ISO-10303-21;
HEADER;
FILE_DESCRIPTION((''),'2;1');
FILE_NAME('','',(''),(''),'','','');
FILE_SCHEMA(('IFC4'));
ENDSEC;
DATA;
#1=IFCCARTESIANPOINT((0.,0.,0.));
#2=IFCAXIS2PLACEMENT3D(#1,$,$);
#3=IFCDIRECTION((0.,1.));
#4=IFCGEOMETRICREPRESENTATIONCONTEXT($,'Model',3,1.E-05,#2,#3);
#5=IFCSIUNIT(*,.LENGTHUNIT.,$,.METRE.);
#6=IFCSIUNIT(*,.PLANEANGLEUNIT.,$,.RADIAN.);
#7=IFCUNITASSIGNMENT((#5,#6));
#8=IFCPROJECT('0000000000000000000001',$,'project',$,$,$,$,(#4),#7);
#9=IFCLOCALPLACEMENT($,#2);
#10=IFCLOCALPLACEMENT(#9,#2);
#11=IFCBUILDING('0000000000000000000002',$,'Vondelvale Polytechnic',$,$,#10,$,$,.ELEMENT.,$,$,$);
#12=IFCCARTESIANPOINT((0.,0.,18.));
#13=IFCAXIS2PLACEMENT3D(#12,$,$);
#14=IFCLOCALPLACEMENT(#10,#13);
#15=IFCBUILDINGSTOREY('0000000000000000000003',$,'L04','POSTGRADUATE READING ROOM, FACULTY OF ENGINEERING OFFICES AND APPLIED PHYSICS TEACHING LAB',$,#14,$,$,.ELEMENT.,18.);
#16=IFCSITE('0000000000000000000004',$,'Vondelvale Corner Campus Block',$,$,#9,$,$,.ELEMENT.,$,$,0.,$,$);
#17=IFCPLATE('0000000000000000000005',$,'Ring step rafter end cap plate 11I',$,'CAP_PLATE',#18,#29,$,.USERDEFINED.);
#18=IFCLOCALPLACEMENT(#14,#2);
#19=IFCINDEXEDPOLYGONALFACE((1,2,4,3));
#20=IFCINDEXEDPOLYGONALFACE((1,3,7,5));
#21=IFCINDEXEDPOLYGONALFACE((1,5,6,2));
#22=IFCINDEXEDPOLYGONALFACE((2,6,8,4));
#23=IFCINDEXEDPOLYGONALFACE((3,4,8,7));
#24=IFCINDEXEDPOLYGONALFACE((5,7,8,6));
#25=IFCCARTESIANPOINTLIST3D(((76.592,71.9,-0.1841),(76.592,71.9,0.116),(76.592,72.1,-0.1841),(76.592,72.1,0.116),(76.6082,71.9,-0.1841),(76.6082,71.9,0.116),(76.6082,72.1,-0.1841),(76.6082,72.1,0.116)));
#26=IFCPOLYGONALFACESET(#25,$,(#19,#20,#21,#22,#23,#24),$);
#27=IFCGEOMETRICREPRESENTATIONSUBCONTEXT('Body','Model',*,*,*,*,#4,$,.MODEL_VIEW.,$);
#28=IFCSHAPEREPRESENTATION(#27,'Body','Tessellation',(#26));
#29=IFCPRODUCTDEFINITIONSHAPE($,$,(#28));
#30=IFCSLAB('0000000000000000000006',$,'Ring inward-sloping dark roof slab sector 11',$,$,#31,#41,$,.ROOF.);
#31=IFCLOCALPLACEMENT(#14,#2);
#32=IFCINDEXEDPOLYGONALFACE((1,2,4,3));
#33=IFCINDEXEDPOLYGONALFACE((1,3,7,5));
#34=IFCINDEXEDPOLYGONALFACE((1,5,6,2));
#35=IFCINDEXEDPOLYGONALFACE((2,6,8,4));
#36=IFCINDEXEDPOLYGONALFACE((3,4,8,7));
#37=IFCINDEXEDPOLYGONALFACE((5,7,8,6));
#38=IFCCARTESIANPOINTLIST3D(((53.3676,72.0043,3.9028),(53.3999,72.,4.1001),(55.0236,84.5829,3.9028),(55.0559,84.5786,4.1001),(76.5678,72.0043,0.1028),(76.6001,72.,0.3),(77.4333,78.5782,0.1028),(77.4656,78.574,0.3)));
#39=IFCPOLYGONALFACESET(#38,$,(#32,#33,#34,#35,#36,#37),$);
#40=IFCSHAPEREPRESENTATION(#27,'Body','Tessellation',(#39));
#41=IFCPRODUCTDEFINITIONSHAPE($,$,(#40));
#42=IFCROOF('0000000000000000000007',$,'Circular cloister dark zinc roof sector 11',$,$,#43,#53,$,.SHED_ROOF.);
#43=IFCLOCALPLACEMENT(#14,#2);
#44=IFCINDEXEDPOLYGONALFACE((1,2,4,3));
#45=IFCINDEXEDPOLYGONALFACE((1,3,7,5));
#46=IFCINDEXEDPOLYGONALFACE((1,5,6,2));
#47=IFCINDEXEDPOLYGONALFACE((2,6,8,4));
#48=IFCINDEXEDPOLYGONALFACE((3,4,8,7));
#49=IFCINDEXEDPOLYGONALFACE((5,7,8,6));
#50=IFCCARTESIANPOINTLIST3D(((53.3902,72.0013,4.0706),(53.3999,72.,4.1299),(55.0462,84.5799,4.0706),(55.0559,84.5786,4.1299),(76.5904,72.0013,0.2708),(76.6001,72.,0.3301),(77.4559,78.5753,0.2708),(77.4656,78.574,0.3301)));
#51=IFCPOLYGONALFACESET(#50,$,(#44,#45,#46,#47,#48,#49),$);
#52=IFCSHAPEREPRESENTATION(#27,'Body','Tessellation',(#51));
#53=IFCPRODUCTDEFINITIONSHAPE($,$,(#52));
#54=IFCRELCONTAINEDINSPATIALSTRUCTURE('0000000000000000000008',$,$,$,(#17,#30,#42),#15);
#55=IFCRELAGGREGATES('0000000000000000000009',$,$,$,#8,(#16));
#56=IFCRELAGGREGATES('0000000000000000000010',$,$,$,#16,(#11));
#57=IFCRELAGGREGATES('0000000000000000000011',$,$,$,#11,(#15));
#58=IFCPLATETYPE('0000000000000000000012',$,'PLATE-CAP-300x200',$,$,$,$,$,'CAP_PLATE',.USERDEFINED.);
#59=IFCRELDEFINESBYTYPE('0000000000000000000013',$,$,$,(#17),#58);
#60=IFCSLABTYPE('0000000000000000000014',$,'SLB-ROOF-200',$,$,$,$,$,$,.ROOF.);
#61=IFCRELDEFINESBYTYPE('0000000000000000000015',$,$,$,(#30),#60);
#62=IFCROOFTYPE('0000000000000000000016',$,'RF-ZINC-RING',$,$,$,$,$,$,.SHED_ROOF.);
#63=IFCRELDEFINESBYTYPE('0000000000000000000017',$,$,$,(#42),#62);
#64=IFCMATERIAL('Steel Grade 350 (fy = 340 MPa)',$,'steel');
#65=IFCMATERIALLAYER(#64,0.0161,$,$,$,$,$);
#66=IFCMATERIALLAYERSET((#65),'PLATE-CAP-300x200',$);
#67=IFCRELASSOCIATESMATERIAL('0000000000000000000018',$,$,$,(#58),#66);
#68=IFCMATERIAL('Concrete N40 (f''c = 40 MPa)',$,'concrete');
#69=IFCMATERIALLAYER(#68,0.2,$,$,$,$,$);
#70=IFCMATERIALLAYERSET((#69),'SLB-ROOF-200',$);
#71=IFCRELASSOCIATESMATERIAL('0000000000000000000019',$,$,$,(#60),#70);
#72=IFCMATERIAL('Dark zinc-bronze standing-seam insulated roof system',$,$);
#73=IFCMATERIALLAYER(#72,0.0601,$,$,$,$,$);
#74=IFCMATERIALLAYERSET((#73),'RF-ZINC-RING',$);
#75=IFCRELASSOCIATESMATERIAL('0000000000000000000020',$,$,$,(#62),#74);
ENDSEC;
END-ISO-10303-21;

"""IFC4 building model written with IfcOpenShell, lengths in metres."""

from ifc_helpers import new_model, si_unit, direction, frame, origin, origin_2d, place, context, subcontext, project, spatial, polyline, rectangle, outline, extrude, material, layer, layer_set, type_object, element, save


model = new_model("IFC4")

# Units and contexts
model_context = context("Model", 3, precision=1e-05, world=origin(), true_north=direction((0.0, 1.0)))
body_context = subcontext(model_context, "Body", "Model", "MODEL_VIEW")
ifc_project = project(units=[si_unit("LENGTHUNIT", "METRE"), si_unit("PLANEANGLEUNIT", "RADIAN")], contexts=[model_context])

# Site, building, storey
site_placement = place(None, origin())
site = spatial("IfcSite", under=ifc_project, at=site_placement, Name="Vondelvale Corner Campus Block", CompositionType="ELEMENT", RefElevation=0.0)
building_placement = place(site_placement, origin())
building = spatial("IfcBuilding", under=site, at=building_placement, Name="Vondelvale Polytechnic", CompositionType="ELEMENT")
storey_placement = place(building_placement, frame((0.0, 0.0, 18.0)))
storey = spatial("IfcBuildingStorey", under=building, at=storey_placement, Name="L04", Description="POSTGRADUATE READING ROOM, FACULTY OF ENGINEERING OFFICES AND APPLIED PHYSICS TEACHING LAB", CompositionType="ELEMENT", Elevation=18.0)

# Plate
ifc_material_1 = material(Name="Steel Grade 350 (fy = 340 MPa)", Category="steel")
ifc_layer_1 = layer(ifc_material_1, 0.0161)
ifc_layer_set_1 = layer_set([ifc_layer_1], Name="PLATE-CAP-300x200")
plate_type_1 = type_object("IfcPlateType", Name="PLATE-CAP-300x200", ElementType="CAP_PLATE", PredefinedType="USERDEFINED", material=ifc_layer_set_1)
for number, where, z_axis, x_axis, name in (
    (1, (76.6001, 72.0, -0.1841), (0.0, 0.0, 1.0), (1.0, 0.0, 0.0), "Ring step rafter end cap plate 11I"),
):
    element("IfcPlate", number, at=place(storey_placement, frame(where, z_axis=z_axis, x_axis=x_axis)), inside=storey, type_object=plate_type_1, Name=name, ObjectType="CAP_PLATE", PredefinedType="USERDEFINED", context=body_context, shape_type="SweptSolid", body=[
        extrude(rectangle(XDim=0.0161, YDim=0.2, at=origin_2d()), origin(), (0.0, 0.0, 1.0), 0.3),
    ])

# Slab
ifc_material_2 = material(Name="Concrete N40 (f'c = 40 MPa)", Category="concrete")
ifc_layer_2 = layer(ifc_material_2, 0.2)
ifc_layer_set_2 = layer_set([ifc_layer_2], Name="SLB-ROOF-200")
slab_type = type_object("IfcSlabType", Name="SLB-ROOF-200", PredefinedType="ROOF", material=ifc_layer_set_2)
slab_placement = place(storey_placement, frame((77.4656, 78.574, 0.3), z_axis=(0.161603, -0.021275, 0.986626), x_axis=(-0.953224, 0.255415, 0.16164)))
element("IfcSlab", 2, at=slab_placement, inside=storey, type_object=slab_type, Name="Ring inward-sloping dark roof slab sector 11", PredefinedType="ROOF", context=body_context, shape_type="SweptSolid", body=[
    extrude(outline(polyline([(0.0, 0.0), (23.5093, 0.0), (21.8751, 12.5815), (-0.8541, 6.5755), (0.0, 0.0)])), origin(), (0.0, 0.0, -1.0), 0.2),
])

# Roof
ifc_material_3 = material(Name="Dark zinc-bronze standing-seam insulated roof system")
ifc_layer_3 = layer(ifc_material_3, 0.0601)
ifc_layer_set_3 = layer_set([ifc_layer_3], Name="RF-ZINC-RING")
roof_type = type_object("IfcRoofType", Name="RF-ZINC-RING", PredefinedType="SHED_ROOF", material=ifc_layer_set_3)
roof_placement = place(storey_placement, frame((77.4656, 78.574, 0.3301), z_axis=(0.161593, -0.021274, 0.986628), x_axis=(-0.953225, 0.255415, 0.16163)))
element("IfcRoof", 3, at=roof_placement, inside=storey, type_object=roof_type, Name="Circular cloister dark zinc roof sector 11", PredefinedType="SHED_ROOF", context=body_context, shape_type="SweptSolid", body=[
    extrude(outline(polyline([(0.0, 0.0), (23.5093, 0.0), (21.8751, 12.5815), (-0.8541, 6.5755), (0.0, 0.0)])), origin(), (0.0, 0.0, -1.0), 0.0601),
])

save(model, "model.ifc")
